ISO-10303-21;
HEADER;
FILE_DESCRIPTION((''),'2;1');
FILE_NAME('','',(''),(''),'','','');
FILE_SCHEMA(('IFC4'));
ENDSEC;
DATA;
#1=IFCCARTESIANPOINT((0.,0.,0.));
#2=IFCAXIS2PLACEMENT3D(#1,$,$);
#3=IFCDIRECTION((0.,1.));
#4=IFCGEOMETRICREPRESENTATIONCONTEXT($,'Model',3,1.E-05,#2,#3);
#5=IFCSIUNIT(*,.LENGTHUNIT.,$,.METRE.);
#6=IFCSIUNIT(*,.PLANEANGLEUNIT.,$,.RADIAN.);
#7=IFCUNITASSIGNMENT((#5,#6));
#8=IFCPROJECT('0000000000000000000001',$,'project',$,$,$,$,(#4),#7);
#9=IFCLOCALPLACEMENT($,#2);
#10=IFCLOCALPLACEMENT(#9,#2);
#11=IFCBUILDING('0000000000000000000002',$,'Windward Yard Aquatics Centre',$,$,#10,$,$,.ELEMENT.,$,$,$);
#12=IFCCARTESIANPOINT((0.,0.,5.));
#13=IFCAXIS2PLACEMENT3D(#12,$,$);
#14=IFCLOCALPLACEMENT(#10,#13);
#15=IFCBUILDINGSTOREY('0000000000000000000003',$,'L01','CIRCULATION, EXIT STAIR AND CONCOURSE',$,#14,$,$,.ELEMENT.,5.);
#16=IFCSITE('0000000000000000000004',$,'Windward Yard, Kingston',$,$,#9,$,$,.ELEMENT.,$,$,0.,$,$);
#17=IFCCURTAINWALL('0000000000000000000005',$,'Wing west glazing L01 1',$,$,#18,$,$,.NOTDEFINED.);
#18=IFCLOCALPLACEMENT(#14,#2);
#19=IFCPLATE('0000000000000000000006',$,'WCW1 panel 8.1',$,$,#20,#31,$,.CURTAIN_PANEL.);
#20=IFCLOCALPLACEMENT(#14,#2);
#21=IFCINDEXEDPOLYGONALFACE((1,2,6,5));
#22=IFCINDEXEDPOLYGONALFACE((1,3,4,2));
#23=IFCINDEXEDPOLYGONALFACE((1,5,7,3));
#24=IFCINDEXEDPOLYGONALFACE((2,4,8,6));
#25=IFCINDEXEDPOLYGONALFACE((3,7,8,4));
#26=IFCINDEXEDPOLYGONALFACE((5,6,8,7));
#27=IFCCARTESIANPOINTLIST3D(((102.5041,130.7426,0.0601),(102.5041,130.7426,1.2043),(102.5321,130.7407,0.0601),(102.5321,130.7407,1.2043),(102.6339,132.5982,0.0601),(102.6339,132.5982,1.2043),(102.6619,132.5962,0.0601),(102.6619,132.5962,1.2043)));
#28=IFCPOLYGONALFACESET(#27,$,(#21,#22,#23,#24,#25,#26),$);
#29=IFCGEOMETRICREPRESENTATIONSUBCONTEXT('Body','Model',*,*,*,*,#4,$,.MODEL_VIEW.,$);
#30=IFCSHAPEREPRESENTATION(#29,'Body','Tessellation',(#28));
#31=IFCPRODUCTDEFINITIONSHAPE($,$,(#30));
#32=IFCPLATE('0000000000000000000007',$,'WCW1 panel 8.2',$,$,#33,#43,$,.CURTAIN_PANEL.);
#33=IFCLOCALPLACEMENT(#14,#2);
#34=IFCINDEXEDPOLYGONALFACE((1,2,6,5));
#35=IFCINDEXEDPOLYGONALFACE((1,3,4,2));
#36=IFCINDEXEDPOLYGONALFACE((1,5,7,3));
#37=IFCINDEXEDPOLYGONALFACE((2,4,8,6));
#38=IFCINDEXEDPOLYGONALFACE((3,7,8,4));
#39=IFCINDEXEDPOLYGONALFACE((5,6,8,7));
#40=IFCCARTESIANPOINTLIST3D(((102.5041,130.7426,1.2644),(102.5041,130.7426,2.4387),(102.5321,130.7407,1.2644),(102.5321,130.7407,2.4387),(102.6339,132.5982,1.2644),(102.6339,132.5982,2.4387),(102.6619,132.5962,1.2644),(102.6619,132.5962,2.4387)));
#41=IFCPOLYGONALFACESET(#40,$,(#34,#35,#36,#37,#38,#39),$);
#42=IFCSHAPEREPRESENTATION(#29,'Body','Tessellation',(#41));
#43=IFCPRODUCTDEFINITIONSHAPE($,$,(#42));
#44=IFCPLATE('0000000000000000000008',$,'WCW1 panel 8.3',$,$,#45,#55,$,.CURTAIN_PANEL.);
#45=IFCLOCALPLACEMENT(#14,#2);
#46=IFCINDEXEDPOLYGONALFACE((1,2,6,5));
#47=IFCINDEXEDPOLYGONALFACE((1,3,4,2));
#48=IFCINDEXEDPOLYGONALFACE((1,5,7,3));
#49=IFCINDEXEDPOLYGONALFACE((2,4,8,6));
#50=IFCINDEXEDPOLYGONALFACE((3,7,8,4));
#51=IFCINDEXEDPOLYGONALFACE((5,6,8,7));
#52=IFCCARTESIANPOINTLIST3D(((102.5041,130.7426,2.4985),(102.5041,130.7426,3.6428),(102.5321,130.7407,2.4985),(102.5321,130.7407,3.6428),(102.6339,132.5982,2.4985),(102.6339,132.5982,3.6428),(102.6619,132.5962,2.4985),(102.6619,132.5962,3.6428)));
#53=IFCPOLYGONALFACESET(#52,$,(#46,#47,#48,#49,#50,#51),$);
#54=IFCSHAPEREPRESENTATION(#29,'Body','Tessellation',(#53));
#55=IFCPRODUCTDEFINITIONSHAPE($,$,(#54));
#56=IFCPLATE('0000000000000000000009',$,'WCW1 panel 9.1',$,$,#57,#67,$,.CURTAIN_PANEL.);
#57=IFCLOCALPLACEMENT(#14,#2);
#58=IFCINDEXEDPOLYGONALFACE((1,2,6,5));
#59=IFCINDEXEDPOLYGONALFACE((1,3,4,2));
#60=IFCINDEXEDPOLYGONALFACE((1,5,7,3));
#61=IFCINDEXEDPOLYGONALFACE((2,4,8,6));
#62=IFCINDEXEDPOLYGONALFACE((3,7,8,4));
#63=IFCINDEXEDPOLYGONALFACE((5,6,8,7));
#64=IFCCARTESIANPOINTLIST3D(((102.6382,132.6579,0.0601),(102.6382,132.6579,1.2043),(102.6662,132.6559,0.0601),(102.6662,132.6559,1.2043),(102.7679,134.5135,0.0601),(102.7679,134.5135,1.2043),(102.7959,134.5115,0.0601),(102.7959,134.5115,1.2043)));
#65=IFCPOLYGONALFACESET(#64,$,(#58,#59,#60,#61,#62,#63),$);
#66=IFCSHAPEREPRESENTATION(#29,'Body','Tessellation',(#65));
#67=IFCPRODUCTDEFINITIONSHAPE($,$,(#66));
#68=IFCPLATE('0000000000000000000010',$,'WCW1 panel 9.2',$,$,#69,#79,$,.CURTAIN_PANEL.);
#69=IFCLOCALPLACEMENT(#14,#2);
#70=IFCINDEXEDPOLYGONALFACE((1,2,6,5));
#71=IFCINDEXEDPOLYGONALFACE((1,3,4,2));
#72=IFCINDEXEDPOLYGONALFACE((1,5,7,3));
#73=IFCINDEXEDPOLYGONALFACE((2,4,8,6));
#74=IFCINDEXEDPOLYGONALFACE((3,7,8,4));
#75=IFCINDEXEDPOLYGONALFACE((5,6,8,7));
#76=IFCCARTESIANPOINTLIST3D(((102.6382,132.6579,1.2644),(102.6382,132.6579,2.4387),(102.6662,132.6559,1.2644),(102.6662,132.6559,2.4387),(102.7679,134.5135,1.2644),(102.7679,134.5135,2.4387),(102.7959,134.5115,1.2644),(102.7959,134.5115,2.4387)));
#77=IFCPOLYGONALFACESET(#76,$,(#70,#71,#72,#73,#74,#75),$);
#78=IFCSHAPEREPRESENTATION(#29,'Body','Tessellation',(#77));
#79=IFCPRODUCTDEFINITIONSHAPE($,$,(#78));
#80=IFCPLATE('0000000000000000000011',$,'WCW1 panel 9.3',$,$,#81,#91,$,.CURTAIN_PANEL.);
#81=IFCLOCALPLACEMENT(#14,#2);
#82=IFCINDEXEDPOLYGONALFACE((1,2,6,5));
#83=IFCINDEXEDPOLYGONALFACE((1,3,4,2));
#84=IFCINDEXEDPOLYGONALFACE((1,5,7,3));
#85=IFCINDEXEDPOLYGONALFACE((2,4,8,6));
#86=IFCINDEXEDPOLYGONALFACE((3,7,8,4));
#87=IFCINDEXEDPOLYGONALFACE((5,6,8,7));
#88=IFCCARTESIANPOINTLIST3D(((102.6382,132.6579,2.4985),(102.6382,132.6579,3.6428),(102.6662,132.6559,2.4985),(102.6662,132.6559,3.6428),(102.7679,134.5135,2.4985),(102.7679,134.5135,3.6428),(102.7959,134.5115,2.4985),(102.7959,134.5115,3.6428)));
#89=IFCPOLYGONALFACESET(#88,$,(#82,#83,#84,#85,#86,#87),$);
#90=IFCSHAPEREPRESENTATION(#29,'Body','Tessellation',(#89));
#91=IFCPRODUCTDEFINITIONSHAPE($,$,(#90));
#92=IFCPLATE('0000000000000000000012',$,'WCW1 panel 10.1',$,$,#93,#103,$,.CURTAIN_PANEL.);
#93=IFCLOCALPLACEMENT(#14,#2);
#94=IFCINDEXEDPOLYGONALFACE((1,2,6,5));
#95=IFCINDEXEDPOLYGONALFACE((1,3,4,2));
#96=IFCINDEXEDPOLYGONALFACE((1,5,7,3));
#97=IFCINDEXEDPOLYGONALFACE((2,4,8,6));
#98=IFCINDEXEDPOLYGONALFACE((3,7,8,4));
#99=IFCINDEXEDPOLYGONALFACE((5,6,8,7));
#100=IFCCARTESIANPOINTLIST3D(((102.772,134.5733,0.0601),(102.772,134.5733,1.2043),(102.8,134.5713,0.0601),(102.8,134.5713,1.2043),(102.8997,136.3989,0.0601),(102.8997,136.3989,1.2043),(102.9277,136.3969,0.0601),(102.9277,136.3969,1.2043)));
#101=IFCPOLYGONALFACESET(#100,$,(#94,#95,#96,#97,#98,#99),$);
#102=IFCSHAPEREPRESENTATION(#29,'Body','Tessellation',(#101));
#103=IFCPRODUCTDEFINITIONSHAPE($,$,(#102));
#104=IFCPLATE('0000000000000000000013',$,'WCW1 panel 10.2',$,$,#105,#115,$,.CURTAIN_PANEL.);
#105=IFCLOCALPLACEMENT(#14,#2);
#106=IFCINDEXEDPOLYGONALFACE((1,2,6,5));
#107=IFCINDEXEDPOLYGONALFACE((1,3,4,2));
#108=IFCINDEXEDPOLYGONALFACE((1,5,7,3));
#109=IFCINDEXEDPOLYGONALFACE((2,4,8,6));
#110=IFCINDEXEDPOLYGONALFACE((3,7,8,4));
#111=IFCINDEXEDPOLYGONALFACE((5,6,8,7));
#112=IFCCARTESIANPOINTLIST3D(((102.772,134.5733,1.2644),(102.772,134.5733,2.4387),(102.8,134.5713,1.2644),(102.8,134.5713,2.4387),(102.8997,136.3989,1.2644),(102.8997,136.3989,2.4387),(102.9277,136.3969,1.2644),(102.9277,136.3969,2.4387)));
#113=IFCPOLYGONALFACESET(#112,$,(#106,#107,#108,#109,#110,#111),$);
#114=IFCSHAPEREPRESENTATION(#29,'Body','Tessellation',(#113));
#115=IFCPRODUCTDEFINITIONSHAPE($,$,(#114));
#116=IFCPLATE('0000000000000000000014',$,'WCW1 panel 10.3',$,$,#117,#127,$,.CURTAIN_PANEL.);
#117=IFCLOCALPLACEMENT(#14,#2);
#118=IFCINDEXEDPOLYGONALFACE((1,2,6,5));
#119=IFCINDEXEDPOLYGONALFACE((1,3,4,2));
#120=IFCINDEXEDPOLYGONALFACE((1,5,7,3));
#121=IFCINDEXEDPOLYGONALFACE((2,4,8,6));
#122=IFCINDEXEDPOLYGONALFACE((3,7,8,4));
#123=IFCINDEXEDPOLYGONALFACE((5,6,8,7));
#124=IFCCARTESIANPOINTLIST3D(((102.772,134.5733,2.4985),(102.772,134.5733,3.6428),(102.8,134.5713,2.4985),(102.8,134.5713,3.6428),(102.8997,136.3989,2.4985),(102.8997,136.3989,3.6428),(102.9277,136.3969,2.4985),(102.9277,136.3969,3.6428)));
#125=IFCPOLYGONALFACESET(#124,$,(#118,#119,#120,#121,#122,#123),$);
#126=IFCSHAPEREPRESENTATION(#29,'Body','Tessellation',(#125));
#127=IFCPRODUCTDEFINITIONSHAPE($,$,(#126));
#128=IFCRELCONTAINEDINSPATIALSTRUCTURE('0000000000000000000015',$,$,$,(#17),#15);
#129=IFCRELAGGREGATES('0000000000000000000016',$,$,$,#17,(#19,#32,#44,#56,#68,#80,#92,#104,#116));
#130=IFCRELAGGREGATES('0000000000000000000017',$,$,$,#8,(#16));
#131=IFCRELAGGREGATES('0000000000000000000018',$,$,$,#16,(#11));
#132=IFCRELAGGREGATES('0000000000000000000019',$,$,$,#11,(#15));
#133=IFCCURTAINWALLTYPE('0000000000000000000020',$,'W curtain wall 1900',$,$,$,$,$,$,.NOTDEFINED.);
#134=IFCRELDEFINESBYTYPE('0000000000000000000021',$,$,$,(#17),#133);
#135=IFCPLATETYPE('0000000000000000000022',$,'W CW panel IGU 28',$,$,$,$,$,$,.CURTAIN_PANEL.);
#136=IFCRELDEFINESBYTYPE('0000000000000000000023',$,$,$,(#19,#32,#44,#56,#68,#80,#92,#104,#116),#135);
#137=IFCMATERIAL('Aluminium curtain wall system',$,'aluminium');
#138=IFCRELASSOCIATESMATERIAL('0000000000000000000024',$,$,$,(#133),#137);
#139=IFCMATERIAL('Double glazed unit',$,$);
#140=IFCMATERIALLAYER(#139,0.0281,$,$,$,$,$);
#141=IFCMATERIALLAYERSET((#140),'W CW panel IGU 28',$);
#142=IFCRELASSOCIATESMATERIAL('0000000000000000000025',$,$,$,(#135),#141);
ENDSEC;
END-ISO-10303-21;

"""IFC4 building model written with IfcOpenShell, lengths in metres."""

from ifc_helpers import new_model, si_unit, direction, frame, origin, origin_2d, place, context, subcontext, project, spatial, rectangle, extrude, material, layer, layer_set, type_object, element, aggregate, save


model = new_model("IFC4")

# Units and contexts
model_context = context("Model", 3, precision=1e-05, world=origin(), true_north=direction((0.0, 1.0)))
body_context = subcontext(model_context, "Body", "Model", "MODEL_VIEW")
ifc_project = project(units=[si_unit("LENGTHUNIT", "METRE"), si_unit("PLANEANGLEUNIT", "RADIAN")], contexts=[model_context])

# Site, building, storey
site_placement = place(None, origin())
site = spatial("IfcSite", under=ifc_project, at=site_placement, Name="Windward Yard, Kingston", CompositionType="ELEMENT", RefElevation=0.0)
building_placement = place(site_placement, origin())
building = spatial("IfcBuilding", under=site, at=building_placement, Name="Windward Yard Aquatics Centre", CompositionType="ELEMENT")
storey_placement = place(building_placement, frame((0.0, 0.0, 5.0)))
storey = spatial("IfcBuildingStorey", under=building, at=storey_placement, Name="L01", Description="CIRCULATION, EXIT STAIR AND CONCOURSE", CompositionType="ELEMENT", Elevation=5.0)

# Curtain wall
ifc_material_1 = material(Name="Aluminium curtain wall system", Category="aluminium")
curtain_wall_type = type_object("IfcCurtainWallType", Name="W curtain wall 1900", PredefinedType="NOTDEFINED", material=ifc_material_1)
curtain_wall_1_placement = place(storey_placement, origin())
curtain_wall_1 = element("IfcCurtainWall", 1, at=curtain_wall_1_placement, inside=storey, type_object=curtain_wall_type, Name="Wing west glazing L01 1", PredefinedType="NOTDEFINED")

# Shared definitions
ifc_material_2 = material(Name="Double glazed unit")
ifc_layer = layer(ifc_material_2, 0.0281)
ifc_layer_set = layer_set([ifc_layer], Name="W CW panel IGU 28")
plate_type = type_object("IfcPlateType", Name="W CW panel IGU 28", PredefinedType="CURTAIN_PANEL", material=ifc_layer_set)

# Plates
plate_1_placement = place(storey_placement, frame((102.583, 131.6694, 0.0601), z_axis=(0.0, 0.0, 1.0), x_axis=(0.069755, 0.997564, 0.0)))
plate_1 = element("IfcPlate", 2, at=plate_1_placement, type_object=plate_type, Name="WCW1 panel 8.1", PredefinedType="CURTAIN_PANEL", context=body_context, shape_type="SweptSolid", body=[
    extrude(rectangle(XDim=1.8601, YDim=0.0281, at=origin_2d()), origin(), (0.0, 0.0, 1.0), 1.1443),
])
plate_2_placement = place(storey_placement, frame((102.583, 131.6694, 1.2644), z_axis=(0.0, 0.0, 1.0), x_axis=(0.069755, 0.997564, 0.0)))
plate_2 = element("IfcPlate", 3, at=plate_2_placement, type_object=plate_type, Name="WCW1 panel 8.2", PredefinedType="CURTAIN_PANEL", context=body_context, shape_type="SweptSolid", body=[
    extrude(rectangle(XDim=1.8601, YDim=0.0281, at=origin_2d()), origin(), (0.0, 0.0, 1.0), 1.1743),
])
plate_3_placement = place(storey_placement, frame((102.583, 131.6694, 2.4985), z_axis=(0.0, 0.0, 1.0), x_axis=(0.069755, 0.997564, 0.0)))
plate_3 = element("IfcPlate", 4, at=plate_3_placement, type_object=plate_type, Name="WCW1 panel 8.3", PredefinedType="CURTAIN_PANEL", context=body_context, shape_type="SweptSolid", body=[
    extrude(rectangle(XDim=1.8601, YDim=0.0281, at=origin_2d()), origin(), (0.0, 0.0, 1.0), 1.1443),
])
plate_4_placement = place(storey_placement, frame((102.717, 133.5847, 0.0601), z_axis=(0.0, 0.0, 1.0), x_axis=(0.069755, 0.997564, 0.0)))
plate_4 = element("IfcPlate", 5, at=plate_4_placement, type_object=plate_type, Name="WCW1 panel 9.1", PredefinedType="CURTAIN_PANEL", context=body_context, shape_type="SweptSolid", body=[
    extrude(rectangle(XDim=1.8601, YDim=0.0281, at=origin_2d()), origin(), (0.0, 0.0, 1.0), 1.1443),
])
plate_5_placement = place(storey_placement, frame((102.717, 133.5847, 1.2644), z_axis=(0.0, 0.0, 1.0), x_axis=(0.069755, 0.997564, 0.0)))
plate_5 = element("IfcPlate", 6, at=plate_5_placement, type_object=plate_type, Name="WCW1 panel 9.2", PredefinedType="CURTAIN_PANEL", context=body_context, shape_type="SweptSolid", body=[
    extrude(rectangle(XDim=1.8601, YDim=0.0281, at=origin_2d()), origin(), (0.0, 0.0, 1.0), 1.1743),
])
plate_6_placement = place(storey_placement, frame((102.717, 133.5847, 2.4985), z_axis=(0.0, 0.0, 1.0), x_axis=(0.069755, 0.997564, 0.0)))
plate_6 = element("IfcPlate", 7, at=plate_6_placement, type_object=plate_type, Name="WCW1 panel 9.3", PredefinedType="CURTAIN_PANEL", context=body_context, shape_type="SweptSolid", body=[
    extrude(rectangle(XDim=1.8601, YDim=0.0281, at=origin_2d()), origin(), (0.0, 0.0, 1.0), 1.1443),
])
plate_7_placement = place(storey_placement, frame((102.8499, 135.4851, 0.0601), z_axis=(0.0, 0.0, 1.0), x_axis=(0.069755, 0.997564, 0.0)))
plate_7 = element("IfcPlate", 8, at=plate_7_placement, type_object=plate_type, Name="WCW1 panel 10.1", PredefinedType="CURTAIN_PANEL", context=body_context, shape_type="SweptSolid", body=[
    extrude(rectangle(XDim=1.8301, YDim=0.0281, at=origin_2d()), origin(), (0.0, 0.0, 1.0), 1.1443),
])
plate_8_placement = place(storey_placement, frame((102.8499, 135.4851, 1.2644), z_axis=(0.0, 0.0, 1.0), x_axis=(0.069755, 0.997564, 0.0)))
plate_8 = element("IfcPlate", 9, at=plate_8_placement, type_object=plate_type, Name="WCW1 panel 10.2", PredefinedType="CURTAIN_PANEL", context=body_context, shape_type="SweptSolid", body=[
    extrude(rectangle(XDim=1.8301, YDim=0.0281, at=origin_2d()), origin(), (0.0, 0.0, 1.0), 1.1743),
])
plate_9_placement = place(storey_placement, frame((102.8499, 135.4851, 2.4985), z_axis=(0.0, 0.0, 1.0), x_axis=(0.069755, 0.997564, 0.0)))
plate_9 = element("IfcPlate", 10, at=plate_9_placement, type_object=plate_type, Name="WCW1 panel 10.3", PredefinedType="CURTAIN_PANEL", context=body_context, shape_type="SweptSolid", body=[
    extrude(rectangle(XDim=1.8301, YDim=0.0281, at=origin_2d()), origin(), (0.0, 0.0, 1.0), 1.1443),
])
aggregate(curtain_wall_1, [plate_1, plate_2, plate_3, plate_4, plate_5, plate_6, plate_7, plate_8, plate_9])

save(model, "model.ifc")
